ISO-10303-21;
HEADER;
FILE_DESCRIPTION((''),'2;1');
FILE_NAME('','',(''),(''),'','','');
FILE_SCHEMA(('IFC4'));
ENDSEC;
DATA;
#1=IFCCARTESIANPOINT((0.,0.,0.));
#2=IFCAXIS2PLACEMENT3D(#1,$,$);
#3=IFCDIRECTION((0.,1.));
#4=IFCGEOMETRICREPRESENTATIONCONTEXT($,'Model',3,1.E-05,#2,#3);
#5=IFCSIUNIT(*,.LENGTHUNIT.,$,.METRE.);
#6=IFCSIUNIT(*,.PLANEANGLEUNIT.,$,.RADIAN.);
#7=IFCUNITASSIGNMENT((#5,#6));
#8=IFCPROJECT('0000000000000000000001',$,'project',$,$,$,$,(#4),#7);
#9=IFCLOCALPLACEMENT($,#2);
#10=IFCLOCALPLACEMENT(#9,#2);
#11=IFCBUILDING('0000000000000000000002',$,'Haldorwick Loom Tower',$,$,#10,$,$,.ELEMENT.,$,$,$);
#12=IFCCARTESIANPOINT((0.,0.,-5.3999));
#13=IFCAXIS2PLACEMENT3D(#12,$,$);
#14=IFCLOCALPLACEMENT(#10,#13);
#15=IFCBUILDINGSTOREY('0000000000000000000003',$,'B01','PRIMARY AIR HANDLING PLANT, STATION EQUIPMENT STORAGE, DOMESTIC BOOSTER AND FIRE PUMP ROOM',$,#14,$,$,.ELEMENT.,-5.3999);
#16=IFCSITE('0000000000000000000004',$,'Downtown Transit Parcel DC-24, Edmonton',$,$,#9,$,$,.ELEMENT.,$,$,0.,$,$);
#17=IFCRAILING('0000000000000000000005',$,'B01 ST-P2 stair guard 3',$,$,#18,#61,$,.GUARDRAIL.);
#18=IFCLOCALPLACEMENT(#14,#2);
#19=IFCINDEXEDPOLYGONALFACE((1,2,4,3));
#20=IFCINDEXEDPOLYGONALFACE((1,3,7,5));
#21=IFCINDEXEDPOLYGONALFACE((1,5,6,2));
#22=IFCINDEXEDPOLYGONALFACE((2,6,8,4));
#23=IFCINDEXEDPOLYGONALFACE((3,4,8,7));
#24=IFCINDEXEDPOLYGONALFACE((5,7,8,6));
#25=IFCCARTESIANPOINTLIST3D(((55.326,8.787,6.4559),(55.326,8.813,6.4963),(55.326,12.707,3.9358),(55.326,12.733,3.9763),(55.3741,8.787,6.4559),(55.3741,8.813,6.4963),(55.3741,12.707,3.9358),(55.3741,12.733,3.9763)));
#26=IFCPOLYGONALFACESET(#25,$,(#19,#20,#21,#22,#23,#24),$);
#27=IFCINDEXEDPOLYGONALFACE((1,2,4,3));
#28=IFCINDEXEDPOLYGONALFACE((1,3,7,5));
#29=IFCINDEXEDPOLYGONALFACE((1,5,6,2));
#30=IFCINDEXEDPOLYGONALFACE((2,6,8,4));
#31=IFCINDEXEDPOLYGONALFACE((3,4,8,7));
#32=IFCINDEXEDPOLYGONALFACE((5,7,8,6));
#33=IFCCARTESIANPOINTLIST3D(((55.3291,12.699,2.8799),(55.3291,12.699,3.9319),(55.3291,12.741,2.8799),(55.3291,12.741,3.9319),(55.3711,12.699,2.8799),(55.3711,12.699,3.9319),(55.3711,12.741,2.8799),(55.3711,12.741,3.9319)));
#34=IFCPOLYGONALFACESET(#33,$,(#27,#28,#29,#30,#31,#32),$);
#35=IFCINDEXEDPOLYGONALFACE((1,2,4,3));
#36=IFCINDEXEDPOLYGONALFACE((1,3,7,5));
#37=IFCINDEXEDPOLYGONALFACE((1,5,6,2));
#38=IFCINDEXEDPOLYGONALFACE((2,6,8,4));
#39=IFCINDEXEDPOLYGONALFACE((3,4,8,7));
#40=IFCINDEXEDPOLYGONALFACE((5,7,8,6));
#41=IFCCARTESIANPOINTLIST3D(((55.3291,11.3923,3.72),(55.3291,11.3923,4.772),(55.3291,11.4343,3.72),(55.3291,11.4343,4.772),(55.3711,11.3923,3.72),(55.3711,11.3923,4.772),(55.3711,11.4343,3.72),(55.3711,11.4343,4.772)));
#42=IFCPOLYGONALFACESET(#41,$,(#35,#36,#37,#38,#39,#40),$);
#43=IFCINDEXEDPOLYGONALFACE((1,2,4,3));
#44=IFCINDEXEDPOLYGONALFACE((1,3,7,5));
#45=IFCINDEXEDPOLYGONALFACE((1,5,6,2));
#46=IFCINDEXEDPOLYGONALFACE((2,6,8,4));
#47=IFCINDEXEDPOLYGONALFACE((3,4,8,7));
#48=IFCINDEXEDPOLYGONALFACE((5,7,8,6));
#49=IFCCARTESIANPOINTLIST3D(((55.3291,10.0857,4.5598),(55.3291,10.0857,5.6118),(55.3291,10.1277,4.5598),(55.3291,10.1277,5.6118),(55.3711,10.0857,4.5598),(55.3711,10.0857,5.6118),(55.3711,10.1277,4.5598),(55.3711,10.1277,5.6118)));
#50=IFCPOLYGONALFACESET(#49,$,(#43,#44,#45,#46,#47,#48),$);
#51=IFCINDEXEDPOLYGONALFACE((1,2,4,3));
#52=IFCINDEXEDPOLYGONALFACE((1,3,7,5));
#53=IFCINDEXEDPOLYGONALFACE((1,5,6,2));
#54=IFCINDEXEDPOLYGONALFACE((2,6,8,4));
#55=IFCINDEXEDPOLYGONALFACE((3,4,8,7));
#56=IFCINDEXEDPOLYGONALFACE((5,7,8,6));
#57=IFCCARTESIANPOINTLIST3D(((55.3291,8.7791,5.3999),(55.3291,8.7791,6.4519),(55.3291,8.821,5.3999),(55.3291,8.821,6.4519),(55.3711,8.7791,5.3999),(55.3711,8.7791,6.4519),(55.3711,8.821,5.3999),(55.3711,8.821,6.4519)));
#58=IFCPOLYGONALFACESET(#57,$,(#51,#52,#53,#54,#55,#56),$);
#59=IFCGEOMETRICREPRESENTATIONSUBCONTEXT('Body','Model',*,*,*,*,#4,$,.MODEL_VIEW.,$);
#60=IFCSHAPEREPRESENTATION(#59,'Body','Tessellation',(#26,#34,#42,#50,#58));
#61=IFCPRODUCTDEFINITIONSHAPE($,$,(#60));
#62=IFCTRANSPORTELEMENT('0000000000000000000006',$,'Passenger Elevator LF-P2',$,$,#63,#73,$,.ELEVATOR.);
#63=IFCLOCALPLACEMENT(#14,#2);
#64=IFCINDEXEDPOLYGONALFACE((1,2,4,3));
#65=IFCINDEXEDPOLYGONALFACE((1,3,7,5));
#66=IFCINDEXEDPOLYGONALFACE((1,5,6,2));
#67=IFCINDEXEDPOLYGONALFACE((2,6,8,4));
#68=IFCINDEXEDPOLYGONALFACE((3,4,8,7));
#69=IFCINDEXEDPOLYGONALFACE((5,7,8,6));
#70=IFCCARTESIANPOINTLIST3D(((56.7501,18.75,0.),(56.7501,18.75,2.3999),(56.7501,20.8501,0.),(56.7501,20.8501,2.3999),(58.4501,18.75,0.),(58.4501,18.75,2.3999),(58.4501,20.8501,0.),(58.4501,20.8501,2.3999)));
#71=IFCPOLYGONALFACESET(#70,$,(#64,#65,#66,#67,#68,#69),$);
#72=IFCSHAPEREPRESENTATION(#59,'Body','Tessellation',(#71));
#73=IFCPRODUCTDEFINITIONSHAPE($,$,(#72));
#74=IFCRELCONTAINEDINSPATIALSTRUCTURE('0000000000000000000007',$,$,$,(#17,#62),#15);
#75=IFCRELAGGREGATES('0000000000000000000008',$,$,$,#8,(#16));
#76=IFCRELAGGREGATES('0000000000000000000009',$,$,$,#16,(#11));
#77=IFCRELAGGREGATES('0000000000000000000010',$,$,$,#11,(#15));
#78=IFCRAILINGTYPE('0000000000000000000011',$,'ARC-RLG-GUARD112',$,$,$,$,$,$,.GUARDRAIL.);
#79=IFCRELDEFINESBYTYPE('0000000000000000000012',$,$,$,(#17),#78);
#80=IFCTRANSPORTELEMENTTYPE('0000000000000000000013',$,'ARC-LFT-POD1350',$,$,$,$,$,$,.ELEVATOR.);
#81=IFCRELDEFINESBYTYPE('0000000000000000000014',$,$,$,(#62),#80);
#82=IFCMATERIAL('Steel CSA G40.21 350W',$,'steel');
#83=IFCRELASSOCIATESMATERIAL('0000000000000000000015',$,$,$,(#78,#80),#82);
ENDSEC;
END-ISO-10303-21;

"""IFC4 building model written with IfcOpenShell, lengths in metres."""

from ifc_helpers import new_model, si_unit, direction, frame, origin, origin_2d, place, context, subcontext, project, spatial, rectangle, extrude, material, type_object, element, save


model = new_model("IFC4")

# Units and contexts
model_context = context("Model", 3, precision=1e-05, world=origin(), true_north=direction((0.0, 1.0)))
body_context = subcontext(model_context, "Body", "Model", "MODEL_VIEW")
ifc_project = project(units=[si_unit("LENGTHUNIT", "METRE"), si_unit("PLANEANGLEUNIT", "RADIAN")], contexts=[model_context])

# Site, building, storey
site_placement = place(None, origin())
site = spatial("IfcSite", under=ifc_project, at=site_placement, Name="Downtown Transit Parcel DC-24, Edmonton", CompositionType="ELEMENT", RefElevation=0.0)
building_placement = place(site_placement, origin())
building = spatial("IfcBuilding", under=site, at=building_placement, Name="Haldorwick Loom Tower", CompositionType="ELEMENT")
storey_placement = place(building_placement, frame((0.0, 0.0, -5.3999)))
storey = spatial("IfcBuildingStorey", under=building, at=storey_placement, Name="B01", Description="PRIMARY AIR HANDLING PLANT, STATION EQUIPMENT STORAGE, DOMESTIC BOOSTER AND FIRE PUMP ROOM", CompositionType="ELEMENT", Elevation=-5.3999)

# Shared definitions
ifc_material_1 = material(Name="Steel CSA G40.21 350W", Category="steel")

# Railing
railing_type = type_object("IfcRailingType", Name="ARC-RLG-GUARD112", PredefinedType="GUARDRAIL", material=ifc_material_1)
railing_1_placement = place(storey_placement, frame((55.3501, 12.72, 2.8799)))
element("IfcRailing", 1, at=railing_1_placement, inside=storey, type_object=railing_type, Name="B01 ST-P2 stair guard 3", PredefinedType="GUARDRAIL", context=body_context, shape_type="SweptSolid", body=[
    extrude(rectangle(XDim=0.0481, YDim=0.0481, at=origin_2d()), frame((0.0, 0.0, 1.0762), z_axis=(0.0, -0.841172, 0.540768), x_axis=(1.0, 0.0, 0.0)), (0.0, 0.0, 1.0), 4.6602),
    extrude(rectangle(XDim=0.042, YDim=0.042, at=origin_2d()), origin(), (0.0, 0.0, 1.0), 1.052),
    extrude(rectangle(XDim=0.042, YDim=0.042, at=origin_2d()), frame((0.0, -1.3066, 0.8401)), (0.0, 0.0, 1.0), 1.052),
    extrude(rectangle(XDim=0.042, YDim=0.042, at=origin_2d()), frame((0.0, -2.6133, 1.6799)), (0.0, 0.0, 1.0), 1.052),
    extrude(rectangle(XDim=0.042, YDim=0.042, at=origin_2d()), frame((0.0, -3.9199, 2.52)), (0.0, 0.0, 1.0), 1.052),
])

# Transport element
transport_element_type = type_object("IfcTransportElementType", Name="ARC-LFT-POD1350", PredefinedType="ELEVATOR", material=ifc_material_1)
transport_element_placement = place(storey_placement, frame((57.6001, 19.8, 0.0), z_axis=(0.0, 0.0, 1.0), x_axis=(1.0, 0.0, 0.0)))
element("IfcTransportElement", 2, at=transport_element_placement, inside=storey, type_object=transport_element_type, Name="Passenger Elevator LF-P2", PredefinedType="ELEVATOR", context=body_context, shape_type="SweptSolid", body=[
    extrude(rectangle(XDim=1.7, YDim=2.1001, at=origin_2d()), origin(), (0.0, 0.0, 1.0), 2.3999),
])

save(model, "model.ifc")
